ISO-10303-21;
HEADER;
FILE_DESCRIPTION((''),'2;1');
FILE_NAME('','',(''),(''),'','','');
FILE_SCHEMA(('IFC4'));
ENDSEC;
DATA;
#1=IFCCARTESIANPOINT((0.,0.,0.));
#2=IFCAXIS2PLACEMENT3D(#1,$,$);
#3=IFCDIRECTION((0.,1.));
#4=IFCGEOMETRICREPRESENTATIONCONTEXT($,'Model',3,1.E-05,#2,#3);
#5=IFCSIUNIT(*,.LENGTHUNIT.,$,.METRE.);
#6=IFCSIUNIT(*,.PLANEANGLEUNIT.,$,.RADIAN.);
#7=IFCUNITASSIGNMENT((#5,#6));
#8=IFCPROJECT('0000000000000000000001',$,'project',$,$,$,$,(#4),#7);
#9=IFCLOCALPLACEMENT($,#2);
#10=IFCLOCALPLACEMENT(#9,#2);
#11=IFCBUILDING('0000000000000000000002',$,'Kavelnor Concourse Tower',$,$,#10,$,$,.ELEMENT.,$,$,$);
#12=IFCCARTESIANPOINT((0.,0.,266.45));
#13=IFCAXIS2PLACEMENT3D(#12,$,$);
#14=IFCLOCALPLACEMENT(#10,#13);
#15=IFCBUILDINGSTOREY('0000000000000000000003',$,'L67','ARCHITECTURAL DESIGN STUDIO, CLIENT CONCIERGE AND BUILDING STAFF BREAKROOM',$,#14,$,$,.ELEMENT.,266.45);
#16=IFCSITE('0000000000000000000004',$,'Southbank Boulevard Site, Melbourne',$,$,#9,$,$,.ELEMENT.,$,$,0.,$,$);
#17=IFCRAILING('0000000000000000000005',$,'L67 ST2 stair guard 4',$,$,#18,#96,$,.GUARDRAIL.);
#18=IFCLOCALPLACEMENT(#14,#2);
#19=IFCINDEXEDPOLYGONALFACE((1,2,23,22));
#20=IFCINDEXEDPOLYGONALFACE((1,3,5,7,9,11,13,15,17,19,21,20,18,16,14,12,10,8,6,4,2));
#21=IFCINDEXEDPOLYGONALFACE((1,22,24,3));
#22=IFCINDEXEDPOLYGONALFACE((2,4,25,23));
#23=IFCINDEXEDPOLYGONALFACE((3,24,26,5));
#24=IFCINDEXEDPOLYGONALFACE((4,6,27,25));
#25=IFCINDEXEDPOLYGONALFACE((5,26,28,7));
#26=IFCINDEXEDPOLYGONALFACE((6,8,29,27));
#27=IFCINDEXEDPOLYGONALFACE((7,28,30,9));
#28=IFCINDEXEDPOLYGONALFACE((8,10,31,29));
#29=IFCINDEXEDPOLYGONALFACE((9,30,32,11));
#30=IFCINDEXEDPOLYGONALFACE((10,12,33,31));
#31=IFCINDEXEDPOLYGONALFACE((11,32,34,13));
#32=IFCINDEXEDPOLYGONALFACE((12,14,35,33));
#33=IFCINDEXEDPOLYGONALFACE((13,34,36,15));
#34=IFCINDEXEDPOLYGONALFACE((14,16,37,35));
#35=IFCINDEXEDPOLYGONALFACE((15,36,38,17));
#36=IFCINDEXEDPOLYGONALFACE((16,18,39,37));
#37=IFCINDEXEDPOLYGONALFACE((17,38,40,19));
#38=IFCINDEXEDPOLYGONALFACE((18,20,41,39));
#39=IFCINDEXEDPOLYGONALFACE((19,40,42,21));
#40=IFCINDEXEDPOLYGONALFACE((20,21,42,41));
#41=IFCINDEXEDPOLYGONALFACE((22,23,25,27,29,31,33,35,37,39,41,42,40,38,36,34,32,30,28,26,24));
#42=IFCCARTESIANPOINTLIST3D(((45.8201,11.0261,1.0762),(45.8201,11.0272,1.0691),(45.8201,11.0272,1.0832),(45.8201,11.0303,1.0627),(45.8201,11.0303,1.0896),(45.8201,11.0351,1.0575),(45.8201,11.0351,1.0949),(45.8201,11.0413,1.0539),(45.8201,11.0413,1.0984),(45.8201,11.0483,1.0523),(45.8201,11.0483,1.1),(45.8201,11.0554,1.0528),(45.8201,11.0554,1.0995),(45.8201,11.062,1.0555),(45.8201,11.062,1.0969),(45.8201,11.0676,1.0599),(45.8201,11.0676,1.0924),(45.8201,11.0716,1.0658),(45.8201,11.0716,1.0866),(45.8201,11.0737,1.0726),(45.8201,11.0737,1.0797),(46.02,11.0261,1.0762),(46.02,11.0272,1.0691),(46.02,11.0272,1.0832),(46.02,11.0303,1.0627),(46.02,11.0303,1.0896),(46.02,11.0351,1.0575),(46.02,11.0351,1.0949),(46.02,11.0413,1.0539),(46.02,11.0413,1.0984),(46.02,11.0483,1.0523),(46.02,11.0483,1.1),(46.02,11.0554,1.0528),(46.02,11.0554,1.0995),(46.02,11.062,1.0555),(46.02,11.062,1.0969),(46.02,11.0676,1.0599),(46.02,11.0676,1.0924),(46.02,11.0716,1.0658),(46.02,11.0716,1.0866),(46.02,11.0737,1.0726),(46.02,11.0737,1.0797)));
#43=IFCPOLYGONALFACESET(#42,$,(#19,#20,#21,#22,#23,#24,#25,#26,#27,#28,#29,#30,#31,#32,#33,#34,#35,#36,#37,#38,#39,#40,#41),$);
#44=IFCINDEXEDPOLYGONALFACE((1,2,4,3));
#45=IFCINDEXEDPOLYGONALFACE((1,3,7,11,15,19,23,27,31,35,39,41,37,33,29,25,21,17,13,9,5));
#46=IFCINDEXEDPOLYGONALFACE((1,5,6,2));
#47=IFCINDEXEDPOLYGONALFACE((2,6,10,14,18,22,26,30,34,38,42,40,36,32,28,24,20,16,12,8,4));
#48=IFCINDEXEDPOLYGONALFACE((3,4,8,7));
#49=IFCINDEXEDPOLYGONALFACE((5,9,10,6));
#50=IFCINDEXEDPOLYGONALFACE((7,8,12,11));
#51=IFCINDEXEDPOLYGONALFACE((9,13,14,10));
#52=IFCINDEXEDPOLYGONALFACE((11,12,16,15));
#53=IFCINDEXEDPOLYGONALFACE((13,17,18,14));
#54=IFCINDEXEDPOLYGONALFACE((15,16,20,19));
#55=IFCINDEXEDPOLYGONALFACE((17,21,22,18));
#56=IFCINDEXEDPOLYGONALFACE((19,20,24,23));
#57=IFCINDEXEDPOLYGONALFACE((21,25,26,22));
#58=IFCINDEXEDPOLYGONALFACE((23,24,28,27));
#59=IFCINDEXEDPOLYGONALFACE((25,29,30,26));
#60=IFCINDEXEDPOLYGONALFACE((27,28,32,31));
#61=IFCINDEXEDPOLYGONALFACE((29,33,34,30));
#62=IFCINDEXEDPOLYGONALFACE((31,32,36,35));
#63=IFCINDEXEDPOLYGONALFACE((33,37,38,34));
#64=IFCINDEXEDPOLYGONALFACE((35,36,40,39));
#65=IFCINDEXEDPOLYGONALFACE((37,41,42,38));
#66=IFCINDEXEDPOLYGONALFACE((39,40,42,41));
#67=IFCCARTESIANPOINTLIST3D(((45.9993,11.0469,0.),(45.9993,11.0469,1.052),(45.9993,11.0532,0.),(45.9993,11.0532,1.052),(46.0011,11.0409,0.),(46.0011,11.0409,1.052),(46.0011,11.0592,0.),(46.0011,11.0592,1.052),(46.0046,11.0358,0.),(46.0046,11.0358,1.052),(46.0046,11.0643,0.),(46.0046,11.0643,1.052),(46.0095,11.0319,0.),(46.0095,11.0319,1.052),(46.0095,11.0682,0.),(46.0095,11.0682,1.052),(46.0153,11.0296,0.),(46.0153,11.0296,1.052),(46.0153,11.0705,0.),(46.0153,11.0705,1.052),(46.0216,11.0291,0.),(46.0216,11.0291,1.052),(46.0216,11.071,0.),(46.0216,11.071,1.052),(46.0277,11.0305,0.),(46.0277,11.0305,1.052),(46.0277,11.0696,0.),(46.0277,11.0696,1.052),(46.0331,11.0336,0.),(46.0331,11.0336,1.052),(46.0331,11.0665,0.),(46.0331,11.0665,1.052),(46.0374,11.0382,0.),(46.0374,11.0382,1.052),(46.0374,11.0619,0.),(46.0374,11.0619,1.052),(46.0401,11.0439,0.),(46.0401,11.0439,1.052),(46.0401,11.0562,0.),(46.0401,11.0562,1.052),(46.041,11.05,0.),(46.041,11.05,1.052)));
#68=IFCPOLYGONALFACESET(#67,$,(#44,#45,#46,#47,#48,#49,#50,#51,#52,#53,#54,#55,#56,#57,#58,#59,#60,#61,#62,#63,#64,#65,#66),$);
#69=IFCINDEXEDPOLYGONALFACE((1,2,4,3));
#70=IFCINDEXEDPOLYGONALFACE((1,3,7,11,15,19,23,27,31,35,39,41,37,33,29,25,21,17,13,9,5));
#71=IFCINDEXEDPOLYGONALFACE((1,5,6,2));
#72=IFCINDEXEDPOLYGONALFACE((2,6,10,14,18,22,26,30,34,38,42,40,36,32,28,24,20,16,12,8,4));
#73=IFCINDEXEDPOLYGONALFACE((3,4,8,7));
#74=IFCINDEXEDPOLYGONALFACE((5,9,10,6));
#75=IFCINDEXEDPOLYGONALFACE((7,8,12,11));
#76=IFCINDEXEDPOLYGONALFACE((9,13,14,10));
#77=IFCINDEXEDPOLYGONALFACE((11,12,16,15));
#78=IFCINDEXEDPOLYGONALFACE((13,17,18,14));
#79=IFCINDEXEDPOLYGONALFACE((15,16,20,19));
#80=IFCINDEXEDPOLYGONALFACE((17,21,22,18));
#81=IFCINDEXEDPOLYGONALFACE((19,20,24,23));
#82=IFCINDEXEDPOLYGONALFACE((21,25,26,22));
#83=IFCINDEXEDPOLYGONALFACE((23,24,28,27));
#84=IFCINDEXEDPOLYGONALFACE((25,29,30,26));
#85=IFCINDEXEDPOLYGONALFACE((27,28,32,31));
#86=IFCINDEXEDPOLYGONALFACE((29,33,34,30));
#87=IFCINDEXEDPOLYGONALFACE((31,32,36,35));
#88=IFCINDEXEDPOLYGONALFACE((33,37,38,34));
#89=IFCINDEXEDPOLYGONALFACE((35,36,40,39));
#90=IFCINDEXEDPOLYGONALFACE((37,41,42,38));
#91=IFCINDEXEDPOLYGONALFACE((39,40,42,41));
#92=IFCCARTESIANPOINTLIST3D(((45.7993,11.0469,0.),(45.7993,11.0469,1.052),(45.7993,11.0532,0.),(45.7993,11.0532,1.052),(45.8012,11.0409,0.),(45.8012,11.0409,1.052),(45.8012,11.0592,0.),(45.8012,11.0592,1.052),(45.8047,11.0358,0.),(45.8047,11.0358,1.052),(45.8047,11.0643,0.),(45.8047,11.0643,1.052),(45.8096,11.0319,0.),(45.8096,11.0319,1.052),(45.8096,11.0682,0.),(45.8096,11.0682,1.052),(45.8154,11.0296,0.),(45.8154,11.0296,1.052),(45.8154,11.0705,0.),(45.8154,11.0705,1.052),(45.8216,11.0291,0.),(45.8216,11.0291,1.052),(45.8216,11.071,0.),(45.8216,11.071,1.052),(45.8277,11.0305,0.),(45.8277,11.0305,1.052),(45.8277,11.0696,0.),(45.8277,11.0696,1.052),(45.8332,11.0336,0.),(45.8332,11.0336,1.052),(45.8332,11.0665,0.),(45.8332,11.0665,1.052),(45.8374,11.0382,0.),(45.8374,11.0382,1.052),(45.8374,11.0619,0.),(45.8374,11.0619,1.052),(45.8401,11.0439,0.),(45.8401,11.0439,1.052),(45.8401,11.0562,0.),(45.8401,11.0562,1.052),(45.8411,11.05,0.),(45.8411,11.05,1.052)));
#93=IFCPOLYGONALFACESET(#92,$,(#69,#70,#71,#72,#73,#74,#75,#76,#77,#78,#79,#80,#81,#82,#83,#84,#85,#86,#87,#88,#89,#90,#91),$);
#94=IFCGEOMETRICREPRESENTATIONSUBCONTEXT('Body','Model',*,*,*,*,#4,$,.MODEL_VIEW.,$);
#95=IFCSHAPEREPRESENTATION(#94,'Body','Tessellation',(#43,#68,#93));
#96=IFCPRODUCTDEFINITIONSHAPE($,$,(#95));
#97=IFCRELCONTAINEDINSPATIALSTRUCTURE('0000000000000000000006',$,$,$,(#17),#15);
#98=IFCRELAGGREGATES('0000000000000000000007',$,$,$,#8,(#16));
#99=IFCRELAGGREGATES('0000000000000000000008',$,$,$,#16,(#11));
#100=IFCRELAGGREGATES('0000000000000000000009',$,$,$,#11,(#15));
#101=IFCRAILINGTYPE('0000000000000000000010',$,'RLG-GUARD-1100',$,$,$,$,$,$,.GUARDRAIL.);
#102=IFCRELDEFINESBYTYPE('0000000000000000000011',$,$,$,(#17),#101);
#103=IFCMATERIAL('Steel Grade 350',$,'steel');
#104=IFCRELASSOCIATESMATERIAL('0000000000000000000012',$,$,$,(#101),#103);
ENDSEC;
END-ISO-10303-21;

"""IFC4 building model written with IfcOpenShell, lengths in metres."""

from ifc_helpers import new_model, si_unit, direction, frame, origin, origin_2d, place, context, subcontext, project, spatial, circle, extrude, material, type_object, element, save


model = new_model("IFC4")

# Units and contexts
model_context = context("Model", 3, precision=1e-05, world=origin(), true_north=direction((0.0, 1.0)))
body_context = subcontext(model_context, "Body", "Model", "MODEL_VIEW")
ifc_project = project(units=[si_unit("LENGTHUNIT", "METRE"), si_unit("PLANEANGLEUNIT", "RADIAN")], contexts=[model_context])

# Site, building, storey
site_placement = place(None, origin())
site = spatial("IfcSite", under=ifc_project, at=site_placement, Name="Southbank Boulevard Site, Melbourne", CompositionType="ELEMENT", RefElevation=0.0)
building_placement = place(site_placement, origin())
building = spatial("IfcBuilding", under=site, at=building_placement, Name="Kavelnor Concourse Tower", CompositionType="ELEMENT")
storey_placement = place(building_placement, frame((0.0, 0.0, 266.45)))
storey = spatial("IfcBuildingStorey", under=building, at=storey_placement, Name="L67", Description="ARCHITECTURAL DESIGN STUDIO, CLIENT CONCIERGE AND BUILDING STAFF BREAKROOM", CompositionType="ELEMENT", Elevation=266.45)

# Shared definitions
ifc_material_1 = material(Name="Steel Grade 350", Category="steel")

# Railing
railing_type_1 = type_object("IfcRailingType", Name="RLG-GUARD-1100", PredefinedType="GUARDRAIL", material=ifc_material_1)
railing_1_placement = place(storey_placement, frame((46.02, 11.05, 0.0)))
element("IfcRailing", 1, at=railing_1_placement, inside=storey, type_object=railing_type_1, Name="L67 ST2 stair guard 4", PredefinedType="GUARDRAIL", context=body_context, shape_type="SweptSolid", body=[
    extrude(circle(Radius=0.0239, at=origin_2d()), frame((0.0, 0.0, 1.0762), z_axis=(-1.0, 0.0, 0.0), x_axis=(0.0, -1.0, 0.0)), (0.0, 0.0, 1.0), 0.2),
    extrude(circle(Radius=0.021, at=origin_2d()), origin(), (0.0, 0.0, 1.0), 1.052),
    extrude(circle(Radius=0.021, at=origin_2d()), frame((-0.2, 0.0, 0.0)), (0.0, 0.0, 1.0), 1.052),
])

save(model, "model.ifc")
